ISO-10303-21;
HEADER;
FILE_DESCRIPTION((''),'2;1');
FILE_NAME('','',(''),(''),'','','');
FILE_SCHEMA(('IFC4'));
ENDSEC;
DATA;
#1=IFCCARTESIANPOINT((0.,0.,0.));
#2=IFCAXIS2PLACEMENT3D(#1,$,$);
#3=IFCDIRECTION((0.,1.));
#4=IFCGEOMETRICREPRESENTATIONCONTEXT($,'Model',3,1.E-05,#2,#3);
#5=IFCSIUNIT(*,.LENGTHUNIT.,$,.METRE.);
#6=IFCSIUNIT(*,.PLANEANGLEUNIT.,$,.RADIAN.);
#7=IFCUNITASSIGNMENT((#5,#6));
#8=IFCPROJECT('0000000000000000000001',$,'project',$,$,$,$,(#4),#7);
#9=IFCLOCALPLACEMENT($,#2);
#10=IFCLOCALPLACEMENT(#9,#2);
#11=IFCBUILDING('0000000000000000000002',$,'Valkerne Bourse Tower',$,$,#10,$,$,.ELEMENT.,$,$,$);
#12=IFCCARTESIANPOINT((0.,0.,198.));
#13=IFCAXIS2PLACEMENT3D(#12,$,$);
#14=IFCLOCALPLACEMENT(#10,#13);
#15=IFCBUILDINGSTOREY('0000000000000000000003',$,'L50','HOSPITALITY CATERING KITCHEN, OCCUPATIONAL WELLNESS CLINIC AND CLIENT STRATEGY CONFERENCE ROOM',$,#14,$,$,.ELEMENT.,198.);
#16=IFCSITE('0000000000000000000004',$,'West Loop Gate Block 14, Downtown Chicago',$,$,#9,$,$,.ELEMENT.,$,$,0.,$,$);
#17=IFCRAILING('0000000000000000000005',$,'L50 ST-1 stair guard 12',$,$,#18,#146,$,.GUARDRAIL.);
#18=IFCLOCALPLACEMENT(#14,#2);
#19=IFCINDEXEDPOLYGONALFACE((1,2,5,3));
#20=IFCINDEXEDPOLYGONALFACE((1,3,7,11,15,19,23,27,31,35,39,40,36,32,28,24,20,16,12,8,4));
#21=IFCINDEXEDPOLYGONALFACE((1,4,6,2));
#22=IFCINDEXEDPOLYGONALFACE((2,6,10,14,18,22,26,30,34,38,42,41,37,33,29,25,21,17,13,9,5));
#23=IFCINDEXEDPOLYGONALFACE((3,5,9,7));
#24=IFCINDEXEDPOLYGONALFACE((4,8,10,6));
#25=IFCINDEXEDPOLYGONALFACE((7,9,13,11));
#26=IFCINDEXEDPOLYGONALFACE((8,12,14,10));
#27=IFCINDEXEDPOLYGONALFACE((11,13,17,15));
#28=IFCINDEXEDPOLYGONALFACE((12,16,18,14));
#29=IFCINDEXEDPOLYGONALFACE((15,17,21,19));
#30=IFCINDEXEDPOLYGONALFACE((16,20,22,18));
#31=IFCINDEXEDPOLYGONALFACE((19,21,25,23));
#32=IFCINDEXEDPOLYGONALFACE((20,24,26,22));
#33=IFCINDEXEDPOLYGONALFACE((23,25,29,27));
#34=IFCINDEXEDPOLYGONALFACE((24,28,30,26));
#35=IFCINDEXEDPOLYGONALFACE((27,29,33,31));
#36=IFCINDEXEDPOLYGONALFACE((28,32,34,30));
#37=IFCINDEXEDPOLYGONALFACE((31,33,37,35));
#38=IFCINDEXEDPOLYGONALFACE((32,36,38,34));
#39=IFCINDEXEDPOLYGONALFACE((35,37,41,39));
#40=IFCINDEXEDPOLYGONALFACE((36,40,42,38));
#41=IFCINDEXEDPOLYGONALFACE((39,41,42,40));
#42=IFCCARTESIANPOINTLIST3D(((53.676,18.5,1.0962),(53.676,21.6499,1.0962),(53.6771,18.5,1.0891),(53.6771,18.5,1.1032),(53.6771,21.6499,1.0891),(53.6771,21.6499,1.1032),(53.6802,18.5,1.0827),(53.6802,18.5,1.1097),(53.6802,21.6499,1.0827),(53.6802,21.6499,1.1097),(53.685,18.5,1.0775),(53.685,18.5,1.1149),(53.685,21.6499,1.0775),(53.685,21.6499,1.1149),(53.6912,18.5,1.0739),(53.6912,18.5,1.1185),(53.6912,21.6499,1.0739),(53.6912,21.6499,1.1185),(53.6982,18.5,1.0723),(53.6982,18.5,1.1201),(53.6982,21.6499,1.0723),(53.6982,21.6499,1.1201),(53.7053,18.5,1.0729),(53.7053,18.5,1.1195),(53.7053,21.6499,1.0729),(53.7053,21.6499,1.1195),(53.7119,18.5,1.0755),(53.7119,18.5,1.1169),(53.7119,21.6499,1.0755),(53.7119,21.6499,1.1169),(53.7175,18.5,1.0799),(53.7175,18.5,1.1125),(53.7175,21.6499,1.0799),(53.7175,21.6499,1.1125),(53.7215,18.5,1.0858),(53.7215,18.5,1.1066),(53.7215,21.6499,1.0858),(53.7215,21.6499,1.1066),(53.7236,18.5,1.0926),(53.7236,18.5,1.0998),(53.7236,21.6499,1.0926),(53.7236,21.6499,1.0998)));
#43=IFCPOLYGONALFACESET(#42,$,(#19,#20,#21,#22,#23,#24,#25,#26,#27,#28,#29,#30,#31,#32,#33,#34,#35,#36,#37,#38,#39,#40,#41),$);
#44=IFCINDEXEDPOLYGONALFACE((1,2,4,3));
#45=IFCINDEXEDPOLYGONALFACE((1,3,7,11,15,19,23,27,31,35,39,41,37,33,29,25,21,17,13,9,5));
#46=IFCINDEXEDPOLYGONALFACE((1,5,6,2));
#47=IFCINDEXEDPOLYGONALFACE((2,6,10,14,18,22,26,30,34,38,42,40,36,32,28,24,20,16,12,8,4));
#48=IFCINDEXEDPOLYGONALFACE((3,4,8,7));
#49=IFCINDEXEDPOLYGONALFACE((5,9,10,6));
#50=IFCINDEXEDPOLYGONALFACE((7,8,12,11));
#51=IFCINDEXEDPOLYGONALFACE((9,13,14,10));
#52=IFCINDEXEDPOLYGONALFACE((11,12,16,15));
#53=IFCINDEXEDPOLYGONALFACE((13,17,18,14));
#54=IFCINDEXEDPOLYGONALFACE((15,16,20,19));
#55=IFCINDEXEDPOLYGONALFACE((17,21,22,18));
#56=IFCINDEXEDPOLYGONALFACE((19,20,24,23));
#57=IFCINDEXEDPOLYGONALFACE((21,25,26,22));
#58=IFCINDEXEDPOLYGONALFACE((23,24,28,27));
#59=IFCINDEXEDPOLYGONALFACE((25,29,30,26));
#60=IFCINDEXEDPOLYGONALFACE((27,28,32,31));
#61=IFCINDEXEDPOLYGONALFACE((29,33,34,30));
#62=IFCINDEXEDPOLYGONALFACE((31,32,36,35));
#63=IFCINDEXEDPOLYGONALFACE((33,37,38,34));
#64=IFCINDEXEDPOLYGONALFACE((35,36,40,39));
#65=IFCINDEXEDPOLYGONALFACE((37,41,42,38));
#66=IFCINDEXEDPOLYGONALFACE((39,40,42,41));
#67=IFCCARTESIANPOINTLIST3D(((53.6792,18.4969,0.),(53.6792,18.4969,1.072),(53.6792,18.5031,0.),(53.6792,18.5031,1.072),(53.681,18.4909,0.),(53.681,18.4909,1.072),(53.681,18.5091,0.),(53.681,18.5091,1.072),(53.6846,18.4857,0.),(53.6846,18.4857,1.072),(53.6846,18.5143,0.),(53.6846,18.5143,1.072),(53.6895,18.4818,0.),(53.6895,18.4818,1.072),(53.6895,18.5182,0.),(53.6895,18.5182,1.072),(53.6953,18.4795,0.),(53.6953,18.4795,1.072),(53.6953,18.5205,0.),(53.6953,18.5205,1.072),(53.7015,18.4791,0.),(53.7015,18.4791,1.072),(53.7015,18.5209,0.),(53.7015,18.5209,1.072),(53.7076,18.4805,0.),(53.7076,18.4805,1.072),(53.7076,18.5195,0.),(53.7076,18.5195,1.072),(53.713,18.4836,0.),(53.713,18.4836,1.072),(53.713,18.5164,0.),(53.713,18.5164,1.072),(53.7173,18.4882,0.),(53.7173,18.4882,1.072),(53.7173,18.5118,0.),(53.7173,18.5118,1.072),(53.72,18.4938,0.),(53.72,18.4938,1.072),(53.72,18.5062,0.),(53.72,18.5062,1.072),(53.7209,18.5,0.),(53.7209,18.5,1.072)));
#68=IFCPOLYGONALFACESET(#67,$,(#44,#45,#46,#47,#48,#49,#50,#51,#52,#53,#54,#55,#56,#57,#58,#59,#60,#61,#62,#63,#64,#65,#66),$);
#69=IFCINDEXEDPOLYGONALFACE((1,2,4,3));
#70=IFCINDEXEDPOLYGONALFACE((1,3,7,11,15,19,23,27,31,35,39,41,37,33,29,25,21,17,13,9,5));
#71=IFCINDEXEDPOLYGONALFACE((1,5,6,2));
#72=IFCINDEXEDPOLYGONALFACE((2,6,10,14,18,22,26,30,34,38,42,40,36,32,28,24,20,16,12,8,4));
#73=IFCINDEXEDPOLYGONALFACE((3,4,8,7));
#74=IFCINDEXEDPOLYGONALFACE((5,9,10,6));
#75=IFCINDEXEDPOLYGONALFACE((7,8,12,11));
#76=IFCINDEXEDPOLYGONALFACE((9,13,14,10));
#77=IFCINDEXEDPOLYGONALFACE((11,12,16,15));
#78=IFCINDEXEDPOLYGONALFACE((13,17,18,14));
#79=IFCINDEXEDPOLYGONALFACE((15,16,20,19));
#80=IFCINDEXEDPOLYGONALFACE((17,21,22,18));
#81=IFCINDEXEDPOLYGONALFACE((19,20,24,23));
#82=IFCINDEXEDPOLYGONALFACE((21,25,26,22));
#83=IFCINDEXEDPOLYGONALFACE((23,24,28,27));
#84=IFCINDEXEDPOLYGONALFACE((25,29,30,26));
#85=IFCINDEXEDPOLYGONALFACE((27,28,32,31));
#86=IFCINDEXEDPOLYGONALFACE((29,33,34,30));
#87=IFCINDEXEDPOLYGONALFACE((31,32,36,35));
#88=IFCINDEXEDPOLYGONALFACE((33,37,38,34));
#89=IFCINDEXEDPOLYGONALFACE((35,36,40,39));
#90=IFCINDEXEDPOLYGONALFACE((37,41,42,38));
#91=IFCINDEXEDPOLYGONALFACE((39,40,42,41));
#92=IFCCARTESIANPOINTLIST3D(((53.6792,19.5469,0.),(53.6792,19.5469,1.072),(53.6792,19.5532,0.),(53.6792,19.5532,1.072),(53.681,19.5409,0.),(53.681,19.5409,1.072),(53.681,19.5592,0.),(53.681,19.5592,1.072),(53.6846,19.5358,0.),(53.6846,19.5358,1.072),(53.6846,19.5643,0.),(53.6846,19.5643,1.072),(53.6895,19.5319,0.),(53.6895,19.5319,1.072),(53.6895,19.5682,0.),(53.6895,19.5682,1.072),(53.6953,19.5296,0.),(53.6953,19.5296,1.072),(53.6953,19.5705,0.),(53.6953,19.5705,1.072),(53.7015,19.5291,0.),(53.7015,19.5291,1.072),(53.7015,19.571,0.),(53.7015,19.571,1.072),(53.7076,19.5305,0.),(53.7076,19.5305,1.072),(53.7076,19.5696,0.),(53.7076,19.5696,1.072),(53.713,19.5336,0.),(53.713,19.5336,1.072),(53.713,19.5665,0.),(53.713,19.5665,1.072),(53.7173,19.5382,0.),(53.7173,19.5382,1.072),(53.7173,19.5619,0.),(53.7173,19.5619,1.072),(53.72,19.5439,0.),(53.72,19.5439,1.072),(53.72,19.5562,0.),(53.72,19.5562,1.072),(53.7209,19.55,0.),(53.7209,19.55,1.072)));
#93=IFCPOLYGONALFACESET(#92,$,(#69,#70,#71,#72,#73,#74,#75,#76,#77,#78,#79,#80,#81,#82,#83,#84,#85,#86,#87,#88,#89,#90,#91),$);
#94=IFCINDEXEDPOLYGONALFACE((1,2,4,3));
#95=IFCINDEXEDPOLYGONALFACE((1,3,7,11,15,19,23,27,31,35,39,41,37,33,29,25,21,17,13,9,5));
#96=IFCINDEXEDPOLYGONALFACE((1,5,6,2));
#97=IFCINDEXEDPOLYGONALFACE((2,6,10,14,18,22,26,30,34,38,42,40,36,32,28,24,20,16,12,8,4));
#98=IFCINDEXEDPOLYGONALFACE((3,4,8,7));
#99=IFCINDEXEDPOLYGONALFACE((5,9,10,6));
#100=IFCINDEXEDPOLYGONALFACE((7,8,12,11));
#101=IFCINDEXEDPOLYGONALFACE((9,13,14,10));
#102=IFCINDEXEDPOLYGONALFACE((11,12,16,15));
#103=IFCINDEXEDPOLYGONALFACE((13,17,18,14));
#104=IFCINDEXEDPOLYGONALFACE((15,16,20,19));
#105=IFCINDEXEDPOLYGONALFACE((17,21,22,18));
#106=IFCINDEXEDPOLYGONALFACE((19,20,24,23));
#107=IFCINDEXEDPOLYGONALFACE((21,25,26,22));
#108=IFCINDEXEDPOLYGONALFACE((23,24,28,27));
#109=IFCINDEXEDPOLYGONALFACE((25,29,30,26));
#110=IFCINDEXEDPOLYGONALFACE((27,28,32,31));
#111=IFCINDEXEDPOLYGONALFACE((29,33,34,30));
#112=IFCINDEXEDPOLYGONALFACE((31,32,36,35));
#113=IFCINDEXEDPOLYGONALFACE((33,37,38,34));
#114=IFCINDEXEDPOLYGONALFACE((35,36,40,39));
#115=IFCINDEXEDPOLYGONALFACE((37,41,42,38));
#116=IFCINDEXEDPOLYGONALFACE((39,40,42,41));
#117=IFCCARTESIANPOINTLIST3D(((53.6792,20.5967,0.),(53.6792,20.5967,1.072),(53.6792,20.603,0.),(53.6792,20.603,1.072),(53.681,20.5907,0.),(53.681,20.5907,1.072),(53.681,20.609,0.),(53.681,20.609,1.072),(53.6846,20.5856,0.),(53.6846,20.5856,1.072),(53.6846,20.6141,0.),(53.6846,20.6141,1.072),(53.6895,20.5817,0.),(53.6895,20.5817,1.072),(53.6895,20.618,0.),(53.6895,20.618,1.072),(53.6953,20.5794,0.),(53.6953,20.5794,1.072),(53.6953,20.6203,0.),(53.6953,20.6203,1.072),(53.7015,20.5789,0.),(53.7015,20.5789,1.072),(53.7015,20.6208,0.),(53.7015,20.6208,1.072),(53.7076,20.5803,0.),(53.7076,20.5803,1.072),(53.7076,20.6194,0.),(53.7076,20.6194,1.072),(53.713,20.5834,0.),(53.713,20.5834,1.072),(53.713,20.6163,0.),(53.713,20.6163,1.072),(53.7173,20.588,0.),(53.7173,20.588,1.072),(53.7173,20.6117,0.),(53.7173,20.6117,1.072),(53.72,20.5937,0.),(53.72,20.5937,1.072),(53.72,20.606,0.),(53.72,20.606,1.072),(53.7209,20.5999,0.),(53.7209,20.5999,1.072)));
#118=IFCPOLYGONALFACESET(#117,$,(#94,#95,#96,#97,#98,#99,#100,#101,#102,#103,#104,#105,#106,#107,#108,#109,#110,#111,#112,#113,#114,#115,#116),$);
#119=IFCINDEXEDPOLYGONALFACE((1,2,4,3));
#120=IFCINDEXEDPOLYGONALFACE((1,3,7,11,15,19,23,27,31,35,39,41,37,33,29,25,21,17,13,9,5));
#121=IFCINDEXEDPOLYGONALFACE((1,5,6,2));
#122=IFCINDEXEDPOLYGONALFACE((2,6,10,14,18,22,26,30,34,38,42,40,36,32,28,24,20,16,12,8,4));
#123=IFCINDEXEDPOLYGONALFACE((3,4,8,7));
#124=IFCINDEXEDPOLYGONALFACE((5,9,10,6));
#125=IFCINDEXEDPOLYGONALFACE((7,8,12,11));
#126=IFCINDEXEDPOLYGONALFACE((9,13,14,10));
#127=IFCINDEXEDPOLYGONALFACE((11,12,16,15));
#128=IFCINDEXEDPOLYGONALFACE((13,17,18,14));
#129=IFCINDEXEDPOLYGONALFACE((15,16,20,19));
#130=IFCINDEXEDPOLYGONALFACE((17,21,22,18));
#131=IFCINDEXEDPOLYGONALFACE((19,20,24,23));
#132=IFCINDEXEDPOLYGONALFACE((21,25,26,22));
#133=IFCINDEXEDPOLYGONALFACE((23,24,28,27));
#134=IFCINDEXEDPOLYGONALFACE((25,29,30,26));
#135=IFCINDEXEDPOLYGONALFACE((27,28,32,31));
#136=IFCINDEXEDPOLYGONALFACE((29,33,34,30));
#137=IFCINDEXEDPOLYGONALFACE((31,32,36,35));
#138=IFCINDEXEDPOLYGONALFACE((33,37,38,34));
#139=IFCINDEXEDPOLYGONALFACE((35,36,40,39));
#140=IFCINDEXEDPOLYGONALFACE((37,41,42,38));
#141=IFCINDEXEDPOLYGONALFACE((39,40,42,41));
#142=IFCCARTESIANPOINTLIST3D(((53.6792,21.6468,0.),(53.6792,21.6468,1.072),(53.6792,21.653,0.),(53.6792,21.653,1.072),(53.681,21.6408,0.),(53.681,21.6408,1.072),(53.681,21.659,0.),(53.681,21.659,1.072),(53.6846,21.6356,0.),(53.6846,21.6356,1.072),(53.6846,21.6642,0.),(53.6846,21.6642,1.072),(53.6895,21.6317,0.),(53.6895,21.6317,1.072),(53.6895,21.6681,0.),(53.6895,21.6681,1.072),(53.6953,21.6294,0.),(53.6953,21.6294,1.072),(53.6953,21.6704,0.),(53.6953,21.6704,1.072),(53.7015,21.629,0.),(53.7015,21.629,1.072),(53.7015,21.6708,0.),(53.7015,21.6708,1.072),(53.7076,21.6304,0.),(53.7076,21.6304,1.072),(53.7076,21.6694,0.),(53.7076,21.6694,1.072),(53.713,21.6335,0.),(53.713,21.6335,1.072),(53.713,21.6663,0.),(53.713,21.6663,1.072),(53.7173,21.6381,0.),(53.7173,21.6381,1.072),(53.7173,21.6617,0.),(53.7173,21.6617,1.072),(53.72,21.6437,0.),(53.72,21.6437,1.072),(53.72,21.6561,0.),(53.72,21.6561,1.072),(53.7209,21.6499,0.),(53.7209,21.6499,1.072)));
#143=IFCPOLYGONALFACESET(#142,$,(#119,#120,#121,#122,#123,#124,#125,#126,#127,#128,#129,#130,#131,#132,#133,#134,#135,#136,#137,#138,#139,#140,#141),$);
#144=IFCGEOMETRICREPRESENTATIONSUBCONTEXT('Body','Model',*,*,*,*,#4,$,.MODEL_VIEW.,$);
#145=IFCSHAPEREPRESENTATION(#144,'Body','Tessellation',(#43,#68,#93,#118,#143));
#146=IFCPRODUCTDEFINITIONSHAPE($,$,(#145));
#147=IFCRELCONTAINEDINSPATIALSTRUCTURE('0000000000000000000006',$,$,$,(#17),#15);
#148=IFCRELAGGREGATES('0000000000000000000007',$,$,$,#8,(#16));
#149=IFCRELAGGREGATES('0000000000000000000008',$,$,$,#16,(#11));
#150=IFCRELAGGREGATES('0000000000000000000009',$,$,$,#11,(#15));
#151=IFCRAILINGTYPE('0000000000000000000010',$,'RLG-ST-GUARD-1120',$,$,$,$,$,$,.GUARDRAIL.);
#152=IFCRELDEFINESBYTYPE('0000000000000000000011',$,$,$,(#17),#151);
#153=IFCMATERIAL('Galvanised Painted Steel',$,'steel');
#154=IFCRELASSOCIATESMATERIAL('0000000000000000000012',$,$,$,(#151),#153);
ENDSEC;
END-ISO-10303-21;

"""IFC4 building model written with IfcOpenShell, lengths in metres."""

from ifc_helpers import new_model, si_unit, direction, frame, origin, origin_2d, place, context, subcontext, project, spatial, circle, extrude, material, type_object, element, save


model = new_model("IFC4")

# Units and contexts
model_context = context("Model", 3, precision=1e-05, world=origin(), true_north=direction((0.0, 1.0)))
body_context = subcontext(model_context, "Body", "Model", "MODEL_VIEW")
ifc_project = project(units=[si_unit("LENGTHUNIT", "METRE"), si_unit("PLANEANGLEUNIT", "RADIAN")], contexts=[model_context])

# Site, building, storey
site_placement = place(None, origin())
site = spatial("IfcSite", under=ifc_project, at=site_placement, Name="West Loop Gate Block 14, Downtown Chicago", CompositionType="ELEMENT", RefElevation=0.0)
building_placement = place(site_placement, origin())
building = spatial("IfcBuilding", under=site, at=building_placement, Name="Valkerne Bourse Tower", CompositionType="ELEMENT")
storey_placement = place(building_placement, frame((0.0, 0.0, 198.0)))
storey = spatial("IfcBuildingStorey", under=building, at=storey_placement, Name="L50", Description="HOSPITALITY CATERING KITCHEN, OCCUPATIONAL WELLNESS CLINIC AND CLIENT STRATEGY CONFERENCE ROOM", CompositionType="ELEMENT", Elevation=198.0)

# Railing
ifc_material_1 = material(Name="Galvanised Painted Steel", Category="steel")
railing_type = type_object("IfcRailingType", Name="RLG-ST-GUARD-1120", PredefinedType="GUARDRAIL", material=ifc_material_1)
railing_1_placement = place(storey_placement, frame((53.7, 18.5, 0.0)))
element("IfcRailing", 1, at=railing_1_placement, inside=storey, type_object=railing_type, Name="L50 ST-1 stair guard 12", PredefinedType="GUARDRAIL", context=body_context, shape_type="SweptSolid", body=[
    extrude(circle(Radius=0.0239, at=origin_2d()), frame((0.0, 0.0, 1.0962), z_axis=(0.0, 1.0, 0.0), x_axis=(-1.0, 0.0, 0.0)), (0.0, 0.0, 1.0), 3.1499),
    extrude(circle(Radius=0.021, at=origin_2d()), origin(), (0.0, 0.0, 1.0), 1.072),
    extrude(circle(Radius=0.021, at=origin_2d()), frame((0.0, 1.05, 0.0)), (0.0, 0.0, 1.0), 1.072),
    extrude(circle(Radius=0.021, at=origin_2d()), frame((0.0, 2.0999, 0.0)), (0.0, 0.0, 1.0), 1.072),
    extrude(circle(Radius=0.021, at=origin_2d()), frame((0.0, 3.1499, 0.0)), (0.0, 0.0, 1.0), 1.072),
])

save(model, "model.ifc")
